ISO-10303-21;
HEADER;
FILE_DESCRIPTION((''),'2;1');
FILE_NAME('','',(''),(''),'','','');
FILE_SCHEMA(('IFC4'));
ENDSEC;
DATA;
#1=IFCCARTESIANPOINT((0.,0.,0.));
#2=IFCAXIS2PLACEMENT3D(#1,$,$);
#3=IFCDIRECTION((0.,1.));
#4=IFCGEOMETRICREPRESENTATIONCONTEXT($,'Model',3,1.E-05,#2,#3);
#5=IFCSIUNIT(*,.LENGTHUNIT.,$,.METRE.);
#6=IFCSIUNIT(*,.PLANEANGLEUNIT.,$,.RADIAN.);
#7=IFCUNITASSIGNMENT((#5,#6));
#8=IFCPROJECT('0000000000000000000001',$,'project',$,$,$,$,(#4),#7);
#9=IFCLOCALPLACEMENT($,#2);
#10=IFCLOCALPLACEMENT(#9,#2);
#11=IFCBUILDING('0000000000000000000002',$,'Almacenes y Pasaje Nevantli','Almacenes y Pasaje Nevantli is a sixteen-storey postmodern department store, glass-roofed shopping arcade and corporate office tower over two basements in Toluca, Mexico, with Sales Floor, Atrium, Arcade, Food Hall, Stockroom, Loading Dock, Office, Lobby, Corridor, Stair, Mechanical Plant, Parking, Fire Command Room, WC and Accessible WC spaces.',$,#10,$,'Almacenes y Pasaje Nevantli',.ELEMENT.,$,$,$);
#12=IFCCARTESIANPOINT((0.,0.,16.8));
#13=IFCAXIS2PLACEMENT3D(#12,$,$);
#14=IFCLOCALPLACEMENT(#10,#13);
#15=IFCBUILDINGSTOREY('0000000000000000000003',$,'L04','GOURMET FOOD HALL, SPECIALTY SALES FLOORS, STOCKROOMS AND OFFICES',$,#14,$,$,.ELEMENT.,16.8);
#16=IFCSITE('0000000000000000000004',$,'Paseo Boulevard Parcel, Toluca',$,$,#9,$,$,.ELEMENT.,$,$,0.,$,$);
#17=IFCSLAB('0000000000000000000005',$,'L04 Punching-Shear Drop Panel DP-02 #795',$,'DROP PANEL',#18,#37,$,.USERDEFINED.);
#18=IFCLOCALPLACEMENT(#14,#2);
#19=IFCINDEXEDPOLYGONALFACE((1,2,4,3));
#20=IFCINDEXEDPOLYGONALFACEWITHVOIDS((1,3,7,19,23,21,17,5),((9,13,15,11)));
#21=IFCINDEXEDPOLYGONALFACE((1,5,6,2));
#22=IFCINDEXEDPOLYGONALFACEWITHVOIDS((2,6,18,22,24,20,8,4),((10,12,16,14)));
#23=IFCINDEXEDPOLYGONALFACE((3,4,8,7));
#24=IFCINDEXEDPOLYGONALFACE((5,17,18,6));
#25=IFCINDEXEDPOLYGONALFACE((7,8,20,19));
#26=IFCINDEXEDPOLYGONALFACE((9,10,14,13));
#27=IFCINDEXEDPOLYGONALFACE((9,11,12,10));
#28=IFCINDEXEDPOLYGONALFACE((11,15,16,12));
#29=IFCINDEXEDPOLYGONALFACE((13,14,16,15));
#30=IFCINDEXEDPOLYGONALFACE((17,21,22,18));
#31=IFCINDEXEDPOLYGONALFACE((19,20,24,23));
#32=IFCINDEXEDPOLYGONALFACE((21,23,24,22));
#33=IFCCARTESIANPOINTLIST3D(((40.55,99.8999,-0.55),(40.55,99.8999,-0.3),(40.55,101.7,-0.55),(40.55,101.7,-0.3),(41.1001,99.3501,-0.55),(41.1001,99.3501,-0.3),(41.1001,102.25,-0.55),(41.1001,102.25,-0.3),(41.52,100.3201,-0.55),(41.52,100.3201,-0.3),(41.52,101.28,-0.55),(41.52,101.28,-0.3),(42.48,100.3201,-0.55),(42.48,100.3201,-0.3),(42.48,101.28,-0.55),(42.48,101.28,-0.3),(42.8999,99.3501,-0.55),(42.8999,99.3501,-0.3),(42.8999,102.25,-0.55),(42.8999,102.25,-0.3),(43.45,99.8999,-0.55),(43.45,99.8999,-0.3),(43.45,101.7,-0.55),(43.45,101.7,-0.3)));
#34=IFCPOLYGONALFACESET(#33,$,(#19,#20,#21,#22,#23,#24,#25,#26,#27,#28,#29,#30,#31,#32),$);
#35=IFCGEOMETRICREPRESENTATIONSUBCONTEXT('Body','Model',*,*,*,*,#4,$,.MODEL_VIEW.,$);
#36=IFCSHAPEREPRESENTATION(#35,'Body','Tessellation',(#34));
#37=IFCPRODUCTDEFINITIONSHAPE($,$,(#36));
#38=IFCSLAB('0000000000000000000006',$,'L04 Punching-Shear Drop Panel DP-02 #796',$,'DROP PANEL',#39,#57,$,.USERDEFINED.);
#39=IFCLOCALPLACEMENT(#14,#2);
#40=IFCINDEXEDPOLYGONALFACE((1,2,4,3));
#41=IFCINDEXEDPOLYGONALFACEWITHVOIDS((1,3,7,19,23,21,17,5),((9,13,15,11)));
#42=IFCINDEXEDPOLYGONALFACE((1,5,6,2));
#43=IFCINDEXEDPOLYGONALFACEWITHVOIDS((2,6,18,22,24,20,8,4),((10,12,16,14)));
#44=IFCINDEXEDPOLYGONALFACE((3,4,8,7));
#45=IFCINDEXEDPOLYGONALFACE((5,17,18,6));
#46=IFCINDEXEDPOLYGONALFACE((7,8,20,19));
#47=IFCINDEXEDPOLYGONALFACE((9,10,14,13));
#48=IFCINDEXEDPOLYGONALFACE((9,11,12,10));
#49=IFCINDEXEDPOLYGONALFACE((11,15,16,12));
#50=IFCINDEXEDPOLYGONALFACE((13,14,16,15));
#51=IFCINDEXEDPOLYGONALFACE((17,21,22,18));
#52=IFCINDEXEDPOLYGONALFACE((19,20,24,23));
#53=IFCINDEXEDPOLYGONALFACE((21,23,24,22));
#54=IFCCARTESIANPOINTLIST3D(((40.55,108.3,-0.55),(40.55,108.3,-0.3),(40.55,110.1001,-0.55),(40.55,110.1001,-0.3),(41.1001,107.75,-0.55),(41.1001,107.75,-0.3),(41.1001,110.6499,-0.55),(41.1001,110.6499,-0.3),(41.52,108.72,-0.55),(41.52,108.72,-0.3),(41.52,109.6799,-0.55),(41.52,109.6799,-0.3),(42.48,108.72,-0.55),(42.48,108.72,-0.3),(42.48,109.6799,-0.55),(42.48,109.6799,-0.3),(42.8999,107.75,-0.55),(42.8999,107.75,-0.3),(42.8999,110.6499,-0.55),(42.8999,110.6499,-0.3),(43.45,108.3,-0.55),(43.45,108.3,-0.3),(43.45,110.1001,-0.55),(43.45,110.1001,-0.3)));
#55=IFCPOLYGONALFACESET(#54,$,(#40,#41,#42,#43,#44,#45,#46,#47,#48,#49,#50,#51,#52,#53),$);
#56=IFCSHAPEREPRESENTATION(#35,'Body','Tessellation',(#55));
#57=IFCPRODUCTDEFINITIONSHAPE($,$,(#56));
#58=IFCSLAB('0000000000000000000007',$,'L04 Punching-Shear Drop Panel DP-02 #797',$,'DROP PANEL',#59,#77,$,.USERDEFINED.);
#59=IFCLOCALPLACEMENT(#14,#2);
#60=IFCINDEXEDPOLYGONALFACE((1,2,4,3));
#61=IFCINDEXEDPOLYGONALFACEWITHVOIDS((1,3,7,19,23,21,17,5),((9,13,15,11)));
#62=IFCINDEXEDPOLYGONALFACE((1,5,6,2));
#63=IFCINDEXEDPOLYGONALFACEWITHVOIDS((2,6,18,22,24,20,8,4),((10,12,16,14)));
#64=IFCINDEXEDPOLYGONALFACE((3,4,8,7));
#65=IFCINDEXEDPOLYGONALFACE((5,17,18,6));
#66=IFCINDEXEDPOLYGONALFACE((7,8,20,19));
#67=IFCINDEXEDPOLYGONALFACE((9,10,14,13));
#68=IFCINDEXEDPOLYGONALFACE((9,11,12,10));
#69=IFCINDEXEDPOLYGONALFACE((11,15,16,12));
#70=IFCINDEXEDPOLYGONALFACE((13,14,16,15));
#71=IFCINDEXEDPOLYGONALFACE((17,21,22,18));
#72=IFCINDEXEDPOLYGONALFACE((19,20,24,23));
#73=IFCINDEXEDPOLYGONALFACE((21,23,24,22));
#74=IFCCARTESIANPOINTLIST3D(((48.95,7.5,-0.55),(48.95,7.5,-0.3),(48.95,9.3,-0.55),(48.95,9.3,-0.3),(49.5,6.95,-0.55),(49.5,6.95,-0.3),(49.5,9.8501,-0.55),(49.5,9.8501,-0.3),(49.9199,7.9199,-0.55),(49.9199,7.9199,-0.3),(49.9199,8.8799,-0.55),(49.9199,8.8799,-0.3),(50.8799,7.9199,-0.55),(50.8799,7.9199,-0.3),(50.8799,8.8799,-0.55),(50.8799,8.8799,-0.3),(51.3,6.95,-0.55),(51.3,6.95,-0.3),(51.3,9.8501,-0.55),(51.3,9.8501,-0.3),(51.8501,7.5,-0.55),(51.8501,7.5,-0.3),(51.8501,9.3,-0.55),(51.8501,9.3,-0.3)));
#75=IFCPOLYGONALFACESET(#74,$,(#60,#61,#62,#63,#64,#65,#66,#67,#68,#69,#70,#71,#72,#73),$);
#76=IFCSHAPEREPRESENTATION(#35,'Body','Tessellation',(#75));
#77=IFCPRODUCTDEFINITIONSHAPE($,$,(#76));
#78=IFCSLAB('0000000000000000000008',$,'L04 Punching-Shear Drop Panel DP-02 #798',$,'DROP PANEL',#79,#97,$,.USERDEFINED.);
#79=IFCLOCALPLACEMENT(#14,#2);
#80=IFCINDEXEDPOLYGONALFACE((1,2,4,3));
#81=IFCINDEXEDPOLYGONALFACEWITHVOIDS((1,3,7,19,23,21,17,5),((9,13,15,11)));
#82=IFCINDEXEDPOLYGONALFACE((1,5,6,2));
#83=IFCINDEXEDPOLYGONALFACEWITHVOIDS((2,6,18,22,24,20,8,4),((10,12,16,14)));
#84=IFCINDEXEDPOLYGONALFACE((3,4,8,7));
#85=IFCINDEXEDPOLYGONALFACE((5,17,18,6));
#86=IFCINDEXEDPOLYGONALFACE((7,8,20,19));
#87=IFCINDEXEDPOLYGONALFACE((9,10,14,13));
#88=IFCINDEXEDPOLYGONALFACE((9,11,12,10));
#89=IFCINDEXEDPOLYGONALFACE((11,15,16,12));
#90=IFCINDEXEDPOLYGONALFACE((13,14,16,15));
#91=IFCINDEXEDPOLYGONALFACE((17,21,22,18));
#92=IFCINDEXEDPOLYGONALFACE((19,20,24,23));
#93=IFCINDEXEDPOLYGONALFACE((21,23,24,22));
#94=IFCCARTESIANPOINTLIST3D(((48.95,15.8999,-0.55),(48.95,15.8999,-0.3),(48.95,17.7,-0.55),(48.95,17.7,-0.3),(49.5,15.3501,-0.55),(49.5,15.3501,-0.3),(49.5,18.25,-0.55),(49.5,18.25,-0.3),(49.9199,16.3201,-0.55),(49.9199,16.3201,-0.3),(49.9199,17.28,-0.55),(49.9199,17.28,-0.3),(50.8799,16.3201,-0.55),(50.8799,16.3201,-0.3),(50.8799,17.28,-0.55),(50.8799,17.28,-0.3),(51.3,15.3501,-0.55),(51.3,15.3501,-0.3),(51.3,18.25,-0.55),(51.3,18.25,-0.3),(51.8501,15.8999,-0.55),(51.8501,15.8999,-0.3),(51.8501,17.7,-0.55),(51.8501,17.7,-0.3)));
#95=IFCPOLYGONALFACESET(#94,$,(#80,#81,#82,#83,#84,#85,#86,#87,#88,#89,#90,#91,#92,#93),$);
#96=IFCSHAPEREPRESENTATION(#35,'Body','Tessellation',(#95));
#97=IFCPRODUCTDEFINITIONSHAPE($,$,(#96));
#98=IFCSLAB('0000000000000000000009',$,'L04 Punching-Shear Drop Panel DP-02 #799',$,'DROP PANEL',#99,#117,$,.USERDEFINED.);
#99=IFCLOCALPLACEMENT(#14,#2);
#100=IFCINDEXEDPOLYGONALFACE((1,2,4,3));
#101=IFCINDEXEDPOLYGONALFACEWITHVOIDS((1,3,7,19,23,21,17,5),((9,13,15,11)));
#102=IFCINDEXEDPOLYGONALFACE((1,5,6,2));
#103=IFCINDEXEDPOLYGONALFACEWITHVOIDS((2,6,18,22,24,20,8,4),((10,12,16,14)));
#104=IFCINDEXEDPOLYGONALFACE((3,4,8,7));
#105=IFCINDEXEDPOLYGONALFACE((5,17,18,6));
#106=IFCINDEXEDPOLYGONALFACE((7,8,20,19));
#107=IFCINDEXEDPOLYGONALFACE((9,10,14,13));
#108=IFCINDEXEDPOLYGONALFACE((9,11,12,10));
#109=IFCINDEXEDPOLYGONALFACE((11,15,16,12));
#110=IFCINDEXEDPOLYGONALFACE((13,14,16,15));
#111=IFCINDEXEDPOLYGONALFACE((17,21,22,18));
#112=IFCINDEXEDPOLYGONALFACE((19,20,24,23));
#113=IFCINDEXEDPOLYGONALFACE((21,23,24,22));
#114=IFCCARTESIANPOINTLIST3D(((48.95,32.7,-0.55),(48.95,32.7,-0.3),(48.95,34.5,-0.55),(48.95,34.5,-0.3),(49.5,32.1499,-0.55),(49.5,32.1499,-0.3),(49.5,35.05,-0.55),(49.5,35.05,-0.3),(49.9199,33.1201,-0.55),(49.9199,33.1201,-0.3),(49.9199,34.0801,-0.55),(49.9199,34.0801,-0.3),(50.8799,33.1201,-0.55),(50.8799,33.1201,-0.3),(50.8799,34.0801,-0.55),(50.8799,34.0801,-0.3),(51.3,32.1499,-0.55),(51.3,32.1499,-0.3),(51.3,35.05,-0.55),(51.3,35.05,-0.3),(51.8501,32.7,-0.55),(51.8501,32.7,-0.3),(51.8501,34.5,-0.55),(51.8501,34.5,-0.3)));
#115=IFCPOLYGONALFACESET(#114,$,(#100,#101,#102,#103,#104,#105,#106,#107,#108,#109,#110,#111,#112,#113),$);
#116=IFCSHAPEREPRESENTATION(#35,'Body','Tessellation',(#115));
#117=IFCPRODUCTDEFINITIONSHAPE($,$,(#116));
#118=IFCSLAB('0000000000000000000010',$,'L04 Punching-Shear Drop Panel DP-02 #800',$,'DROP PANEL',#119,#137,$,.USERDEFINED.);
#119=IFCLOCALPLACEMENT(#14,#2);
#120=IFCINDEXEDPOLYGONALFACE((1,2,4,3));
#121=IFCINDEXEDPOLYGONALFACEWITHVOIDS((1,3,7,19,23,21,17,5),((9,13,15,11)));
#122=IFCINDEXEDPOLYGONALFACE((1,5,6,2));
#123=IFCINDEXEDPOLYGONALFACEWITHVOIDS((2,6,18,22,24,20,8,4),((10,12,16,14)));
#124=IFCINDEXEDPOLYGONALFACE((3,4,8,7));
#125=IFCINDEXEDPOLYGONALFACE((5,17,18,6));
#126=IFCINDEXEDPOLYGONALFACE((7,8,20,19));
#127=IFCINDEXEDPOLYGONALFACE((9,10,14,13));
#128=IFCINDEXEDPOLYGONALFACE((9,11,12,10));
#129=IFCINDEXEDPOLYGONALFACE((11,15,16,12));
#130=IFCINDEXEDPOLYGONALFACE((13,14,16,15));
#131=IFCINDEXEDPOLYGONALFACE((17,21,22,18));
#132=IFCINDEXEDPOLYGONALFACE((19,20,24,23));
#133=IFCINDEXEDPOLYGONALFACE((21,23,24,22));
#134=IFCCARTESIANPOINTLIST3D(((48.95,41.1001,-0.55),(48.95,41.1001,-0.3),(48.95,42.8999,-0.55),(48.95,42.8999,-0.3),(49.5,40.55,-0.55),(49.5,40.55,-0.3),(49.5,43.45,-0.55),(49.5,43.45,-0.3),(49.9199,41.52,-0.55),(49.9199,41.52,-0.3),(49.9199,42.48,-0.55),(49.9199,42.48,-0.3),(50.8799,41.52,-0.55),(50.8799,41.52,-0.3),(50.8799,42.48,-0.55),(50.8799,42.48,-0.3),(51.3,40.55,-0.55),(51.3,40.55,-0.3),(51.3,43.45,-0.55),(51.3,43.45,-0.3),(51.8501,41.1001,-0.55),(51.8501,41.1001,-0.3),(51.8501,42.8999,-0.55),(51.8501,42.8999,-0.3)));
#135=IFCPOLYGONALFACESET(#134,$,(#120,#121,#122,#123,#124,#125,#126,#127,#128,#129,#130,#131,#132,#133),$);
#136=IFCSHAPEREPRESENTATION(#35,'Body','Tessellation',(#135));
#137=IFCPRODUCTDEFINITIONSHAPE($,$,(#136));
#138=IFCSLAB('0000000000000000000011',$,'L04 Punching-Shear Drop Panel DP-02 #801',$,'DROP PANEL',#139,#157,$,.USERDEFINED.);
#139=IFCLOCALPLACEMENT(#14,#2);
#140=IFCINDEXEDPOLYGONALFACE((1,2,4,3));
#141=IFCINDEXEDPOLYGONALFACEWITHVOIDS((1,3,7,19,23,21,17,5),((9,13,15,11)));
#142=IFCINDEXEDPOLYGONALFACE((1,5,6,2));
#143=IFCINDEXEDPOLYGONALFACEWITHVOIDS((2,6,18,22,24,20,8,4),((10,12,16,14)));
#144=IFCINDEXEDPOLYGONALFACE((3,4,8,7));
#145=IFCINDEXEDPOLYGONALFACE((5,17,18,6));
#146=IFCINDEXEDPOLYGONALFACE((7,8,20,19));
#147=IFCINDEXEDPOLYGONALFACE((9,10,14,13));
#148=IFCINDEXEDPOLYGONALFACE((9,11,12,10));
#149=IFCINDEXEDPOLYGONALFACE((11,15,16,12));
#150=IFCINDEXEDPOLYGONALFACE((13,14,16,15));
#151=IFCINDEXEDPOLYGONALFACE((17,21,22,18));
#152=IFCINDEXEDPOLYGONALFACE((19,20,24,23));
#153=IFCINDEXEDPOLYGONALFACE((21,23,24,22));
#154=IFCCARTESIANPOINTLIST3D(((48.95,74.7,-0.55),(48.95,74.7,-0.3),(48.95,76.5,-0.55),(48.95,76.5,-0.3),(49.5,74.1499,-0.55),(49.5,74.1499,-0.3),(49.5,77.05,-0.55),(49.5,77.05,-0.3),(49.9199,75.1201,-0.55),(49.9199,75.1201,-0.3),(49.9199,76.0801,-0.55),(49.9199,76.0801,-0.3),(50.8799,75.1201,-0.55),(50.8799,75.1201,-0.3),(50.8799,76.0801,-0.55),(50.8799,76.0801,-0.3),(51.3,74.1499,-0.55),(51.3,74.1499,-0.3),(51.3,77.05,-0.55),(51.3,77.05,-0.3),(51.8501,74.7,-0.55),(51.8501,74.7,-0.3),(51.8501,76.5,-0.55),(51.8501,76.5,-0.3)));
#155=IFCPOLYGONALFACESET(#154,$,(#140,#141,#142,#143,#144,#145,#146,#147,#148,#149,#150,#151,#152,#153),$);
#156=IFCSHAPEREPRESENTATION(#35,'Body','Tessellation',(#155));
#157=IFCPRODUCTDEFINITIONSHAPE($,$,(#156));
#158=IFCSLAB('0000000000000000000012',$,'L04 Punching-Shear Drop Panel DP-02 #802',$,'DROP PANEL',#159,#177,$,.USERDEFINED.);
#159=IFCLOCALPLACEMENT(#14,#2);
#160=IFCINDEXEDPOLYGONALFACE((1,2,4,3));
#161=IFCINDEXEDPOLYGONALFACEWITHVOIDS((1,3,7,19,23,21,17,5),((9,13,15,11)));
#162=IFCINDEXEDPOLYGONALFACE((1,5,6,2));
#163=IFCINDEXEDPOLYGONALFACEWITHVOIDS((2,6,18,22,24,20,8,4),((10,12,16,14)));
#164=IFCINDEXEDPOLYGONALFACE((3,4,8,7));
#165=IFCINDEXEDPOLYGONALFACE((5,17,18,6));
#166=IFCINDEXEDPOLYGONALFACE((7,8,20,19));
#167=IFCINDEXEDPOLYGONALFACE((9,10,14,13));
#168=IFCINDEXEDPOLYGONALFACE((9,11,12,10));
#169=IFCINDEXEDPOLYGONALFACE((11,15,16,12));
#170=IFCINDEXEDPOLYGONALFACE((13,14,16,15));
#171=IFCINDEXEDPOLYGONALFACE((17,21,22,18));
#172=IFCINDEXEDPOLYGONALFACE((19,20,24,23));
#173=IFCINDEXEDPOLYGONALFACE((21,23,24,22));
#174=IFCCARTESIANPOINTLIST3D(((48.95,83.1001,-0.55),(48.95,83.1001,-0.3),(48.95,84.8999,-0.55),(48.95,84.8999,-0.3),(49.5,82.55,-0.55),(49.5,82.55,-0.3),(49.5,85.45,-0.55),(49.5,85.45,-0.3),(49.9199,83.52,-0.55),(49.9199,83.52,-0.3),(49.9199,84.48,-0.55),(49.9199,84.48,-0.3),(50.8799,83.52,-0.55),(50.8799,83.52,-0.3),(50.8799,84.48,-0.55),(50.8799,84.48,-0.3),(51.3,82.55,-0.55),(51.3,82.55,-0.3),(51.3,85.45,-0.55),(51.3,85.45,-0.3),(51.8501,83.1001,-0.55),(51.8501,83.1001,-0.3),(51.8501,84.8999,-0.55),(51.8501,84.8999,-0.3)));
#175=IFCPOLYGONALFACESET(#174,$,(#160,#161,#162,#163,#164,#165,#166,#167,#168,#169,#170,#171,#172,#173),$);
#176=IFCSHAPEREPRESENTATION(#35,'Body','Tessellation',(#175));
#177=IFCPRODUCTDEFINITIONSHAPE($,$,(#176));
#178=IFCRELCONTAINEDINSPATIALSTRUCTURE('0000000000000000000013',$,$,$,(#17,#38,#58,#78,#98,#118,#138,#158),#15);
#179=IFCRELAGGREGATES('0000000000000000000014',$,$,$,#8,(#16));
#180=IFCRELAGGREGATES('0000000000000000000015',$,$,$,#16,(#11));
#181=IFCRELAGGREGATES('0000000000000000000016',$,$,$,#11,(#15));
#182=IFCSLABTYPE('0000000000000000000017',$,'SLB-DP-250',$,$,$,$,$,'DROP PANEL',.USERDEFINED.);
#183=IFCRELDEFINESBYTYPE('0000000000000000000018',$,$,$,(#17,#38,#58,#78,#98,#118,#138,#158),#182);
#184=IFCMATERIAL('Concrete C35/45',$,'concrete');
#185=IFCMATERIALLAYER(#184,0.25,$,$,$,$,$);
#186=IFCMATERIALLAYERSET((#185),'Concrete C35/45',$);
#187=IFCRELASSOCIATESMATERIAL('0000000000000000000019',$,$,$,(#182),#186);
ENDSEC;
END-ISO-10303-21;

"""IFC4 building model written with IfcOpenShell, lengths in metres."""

from ifc_helpers import new_model, si_unit, direction, frame, origin, place, context, subcontext, project, spatial, polyline, outline, extrude, material, layer, layer_set, type_object, element, save


model = new_model("IFC4")

# Units and contexts
model_context = context("Model", 3, precision=1e-05, world=origin(), true_north=direction((0.0, 1.0)))
body_context = subcontext(model_context, "Body", "Model", "MODEL_VIEW")
ifc_project = project(units=[si_unit("LENGTHUNIT", "METRE"), si_unit("PLANEANGLEUNIT", "RADIAN")], contexts=[model_context])

# Site, building, storey
site_placement = place(None, origin())
site = spatial("IfcSite", under=ifc_project, at=site_placement, Name="Paseo Boulevard Parcel, Toluca", CompositionType="ELEMENT", RefElevation=0.0)
building_placement = place(site_placement, origin())
building = spatial("IfcBuilding", under=site, at=building_placement, Name="Almacenes y Pasaje Nevantli", Description="Almacenes y Pasaje Nevantli is a sixteen-storey postmodern department store, glass-roofed shopping arcade and corporate office tower over two basements in Toluca, Mexico, with Sales Floor, Atrium, Arcade, Food Hall, Stockroom, Loading Dock, Office, Lobby, Corridor, Stair, Mechanical Plant, Parking, Fire Command Room, WC and Accessible WC spaces.", LongName="Almacenes y Pasaje Nevantli", CompositionType="ELEMENT")
storey_placement = place(building_placement, frame((0.0, 0.0, 16.8)))
storey = spatial("IfcBuildingStorey", under=building, at=storey_placement, Name="L04", Description="GOURMET FOOD HALL, SPECIALTY SALES FLOORS, STOCKROOMS AND OFFICES", CompositionType="ELEMENT", Elevation=16.8)

# Slabs
ifc_material_1 = material(Name="Concrete C35/45", Category="concrete")
ifc_layer_1 = layer(ifc_material_1, 0.25)
ifc_layer_set_1 = layer_set([ifc_layer_1], Name="Concrete C35/45")
slab_type_1 = type_object("IfcSlabType", Name="SLB-DP-250", ElementType="DROP PANEL", PredefinedType="USERDEFINED", material=ifc_layer_set_1)
slab_1_placement = place(storey_placement, frame((0.0, 0.0, -0.55)))
element("IfcSlab", 1, at=slab_1_placement, inside=storey, type_object=slab_type_1, Name="L04 Punching-Shear Drop Panel DP-02 #795", ObjectType="DROP PANEL", PredefinedType="USERDEFINED", context=body_context, shape_type="SweptSolid", body=[
    extrude(outline(polyline([(41.1001, 99.3501), (42.8999, 99.3501), (43.45, 99.8999), (43.45, 101.7), (42.8999, 102.25), (41.1001, 102.25), (40.55, 101.7), (40.55, 99.8999), (41.1001, 99.3501)]), holes=[polyline([(41.52, 100.3201), (42.48, 100.3201), (42.48, 101.28), (41.52, 101.28), (41.52, 100.3201)])]), origin(), (0.0, 0.0, 1.0), 0.25),
])
slab_2_placement = place(storey_placement, frame((0.0, 0.0, -0.55)))
element("IfcSlab", 2, at=slab_2_placement, inside=storey, type_object=slab_type_1, Name="L04 Punching-Shear Drop Panel DP-02 #796", ObjectType="DROP PANEL", PredefinedType="USERDEFINED", context=body_context, shape_type="SweptSolid", body=[
    extrude(outline(polyline([(41.1001, 107.75), (42.8999, 107.75), (43.45, 108.3), (43.45, 110.1001), (42.8999, 110.6499), (41.1001, 110.6499), (40.55, 110.1001), (40.55, 108.3), (41.1001, 107.75)]), holes=[polyline([(41.52, 108.72), (42.48, 108.72), (42.48, 109.6799), (41.52, 109.6799), (41.52, 108.72)])]), origin(), (0.0, 0.0, 1.0), 0.25),
])
slab_3_placement = place(storey_placement, frame((0.0, 0.0, -0.55)))
element("IfcSlab", 3, at=slab_3_placement, inside=storey, type_object=slab_type_1, Name="L04 Punching-Shear Drop Panel DP-02 #797", ObjectType="DROP PANEL", PredefinedType="USERDEFINED", context=body_context, shape_type="SweptSolid", body=[
    extrude(outline(polyline([(49.5, 6.95), (51.3, 6.95), (51.8501, 7.5), (51.8501, 9.3), (51.3, 9.8501), (49.5, 9.8501), (48.95, 9.3), (48.95, 7.5), (49.5, 6.95)]), holes=[polyline([(49.9199, 7.9199), (50.8799, 7.9199), (50.8799, 8.8799), (49.9199, 8.8799), (49.9199, 7.9199)])]), origin(), (0.0, 0.0, 1.0), 0.25),
])
slab_4_placement = place(storey_placement, frame((0.0, 0.0, -0.55)))
element("IfcSlab", 4, at=slab_4_placement, inside=storey, type_object=slab_type_1, Name="L04 Punching-Shear Drop Panel DP-02 #798", ObjectType="DROP PANEL", PredefinedType="USERDEFINED", context=body_context, shape_type="SweptSolid", body=[
    extrude(outline(polyline([(49.5, 15.3501), (51.3, 15.3501), (51.8501, 15.8999), (51.8501, 17.7), (51.3, 18.25), (49.5, 18.25), (48.95, 17.7), (48.95, 15.8999), (49.5, 15.3501)]), holes=[polyline([(49.9199, 16.3201), (50.8799, 16.3201), (50.8799, 17.28), (49.9199, 17.28), (49.9199, 16.3201)])]), origin(), (0.0, 0.0, 1.0), 0.25),
])
slab_5_placement = place(storey_placement, frame((0.0, 0.0, -0.55)))
element("IfcSlab", 5, at=slab_5_placement, inside=storey, type_object=slab_type_1, Name="L04 Punching-Shear Drop Panel DP-02 #799", ObjectType="DROP PANEL", PredefinedType="USERDEFINED", context=body_context, shape_type="SweptSolid", body=[
    extrude(outline(polyline([(49.5, 32.1499), (51.3, 32.1499), (51.8501, 32.7), (51.8501, 34.5), (51.3, 35.05), (49.5, 35.05), (48.95, 34.5), (48.95, 32.7), (49.5, 32.1499)]), holes=[polyline([(49.9199, 33.1201), (50.8799, 33.1201), (50.8799, 34.0801), (49.9199, 34.0801), (49.9199, 33.1201)])]), origin(), (0.0, 0.0, 1.0), 0.25),
])
slab_6_placement = place(storey_placement, frame((0.0, 0.0, -0.55)))
element("IfcSlab", 6, at=slab_6_placement, inside=storey, type_object=slab_type_1, Name="L04 Punching-Shear Drop Panel DP-02 #800", ObjectType="DROP PANEL", PredefinedType="USERDEFINED", context=body_context, shape_type="SweptSolid", body=[
    extrude(outline(polyline([(49.5, 40.55), (51.3, 40.55), (51.8501, 41.1001), (51.8501, 42.8999), (51.3, 43.45), (49.5, 43.45), (48.95, 42.8999), (48.95, 41.1001), (49.5, 40.55)]), holes=[polyline([(49.9199, 41.52), (50.8799, 41.52), (50.8799, 42.48), (49.9199, 42.48), (49.9199, 41.52)])]), origin(), (0.0, 0.0, 1.0), 0.25),
])
slab_7_placement = place(storey_placement, frame((0.0, 0.0, -0.55)))
element("IfcSlab", 7, at=slab_7_placement, inside=storey, type_object=slab_type_1, Name="L04 Punching-Shear Drop Panel DP-02 #801", ObjectType="DROP PANEL", PredefinedType="USERDEFINED", context=body_context, shape_type="SweptSolid", body=[
    extrude(outline(polyline([(49.5, 74.1499), (51.3, 74.1499), (51.8501, 74.7), (51.8501, 76.5), (51.3, 77.05), (49.5, 77.05), (48.95, 76.5), (48.95, 74.7), (49.5, 74.1499)]), holes=[polyline([(49.9199, 75.1201), (50.8799, 75.1201), (50.8799, 76.0801), (49.9199, 76.0801), (49.9199, 75.1201)])]), origin(), (0.0, 0.0, 1.0), 0.25),
])
slab_8_placement = place(storey_placement, frame((0.0, 0.0, -0.55)))
element("IfcSlab", 8, at=slab_8_placement, inside=storey, type_object=slab_type_1, Name="L04 Punching-Shear Drop Panel DP-02 #802", ObjectType="DROP PANEL", PredefinedType="USERDEFINED", context=body_context, shape_type="SweptSolid", body=[
    extrude(outline(polyline([(49.5, 82.55), (51.3, 82.55), (51.8501, 83.1001), (51.8501, 84.8999), (51.3, 85.45), (49.5, 85.45), (48.95, 84.8999), (48.95, 83.1001), (49.5, 82.55)]), holes=[polyline([(49.9199, 83.52), (50.8799, 83.52), (50.8799, 84.48), (49.9199, 84.48), (49.9199, 83.52)])]), origin(), (0.0, 0.0, 1.0), 0.25),
])

save(model, "model.ifc")
